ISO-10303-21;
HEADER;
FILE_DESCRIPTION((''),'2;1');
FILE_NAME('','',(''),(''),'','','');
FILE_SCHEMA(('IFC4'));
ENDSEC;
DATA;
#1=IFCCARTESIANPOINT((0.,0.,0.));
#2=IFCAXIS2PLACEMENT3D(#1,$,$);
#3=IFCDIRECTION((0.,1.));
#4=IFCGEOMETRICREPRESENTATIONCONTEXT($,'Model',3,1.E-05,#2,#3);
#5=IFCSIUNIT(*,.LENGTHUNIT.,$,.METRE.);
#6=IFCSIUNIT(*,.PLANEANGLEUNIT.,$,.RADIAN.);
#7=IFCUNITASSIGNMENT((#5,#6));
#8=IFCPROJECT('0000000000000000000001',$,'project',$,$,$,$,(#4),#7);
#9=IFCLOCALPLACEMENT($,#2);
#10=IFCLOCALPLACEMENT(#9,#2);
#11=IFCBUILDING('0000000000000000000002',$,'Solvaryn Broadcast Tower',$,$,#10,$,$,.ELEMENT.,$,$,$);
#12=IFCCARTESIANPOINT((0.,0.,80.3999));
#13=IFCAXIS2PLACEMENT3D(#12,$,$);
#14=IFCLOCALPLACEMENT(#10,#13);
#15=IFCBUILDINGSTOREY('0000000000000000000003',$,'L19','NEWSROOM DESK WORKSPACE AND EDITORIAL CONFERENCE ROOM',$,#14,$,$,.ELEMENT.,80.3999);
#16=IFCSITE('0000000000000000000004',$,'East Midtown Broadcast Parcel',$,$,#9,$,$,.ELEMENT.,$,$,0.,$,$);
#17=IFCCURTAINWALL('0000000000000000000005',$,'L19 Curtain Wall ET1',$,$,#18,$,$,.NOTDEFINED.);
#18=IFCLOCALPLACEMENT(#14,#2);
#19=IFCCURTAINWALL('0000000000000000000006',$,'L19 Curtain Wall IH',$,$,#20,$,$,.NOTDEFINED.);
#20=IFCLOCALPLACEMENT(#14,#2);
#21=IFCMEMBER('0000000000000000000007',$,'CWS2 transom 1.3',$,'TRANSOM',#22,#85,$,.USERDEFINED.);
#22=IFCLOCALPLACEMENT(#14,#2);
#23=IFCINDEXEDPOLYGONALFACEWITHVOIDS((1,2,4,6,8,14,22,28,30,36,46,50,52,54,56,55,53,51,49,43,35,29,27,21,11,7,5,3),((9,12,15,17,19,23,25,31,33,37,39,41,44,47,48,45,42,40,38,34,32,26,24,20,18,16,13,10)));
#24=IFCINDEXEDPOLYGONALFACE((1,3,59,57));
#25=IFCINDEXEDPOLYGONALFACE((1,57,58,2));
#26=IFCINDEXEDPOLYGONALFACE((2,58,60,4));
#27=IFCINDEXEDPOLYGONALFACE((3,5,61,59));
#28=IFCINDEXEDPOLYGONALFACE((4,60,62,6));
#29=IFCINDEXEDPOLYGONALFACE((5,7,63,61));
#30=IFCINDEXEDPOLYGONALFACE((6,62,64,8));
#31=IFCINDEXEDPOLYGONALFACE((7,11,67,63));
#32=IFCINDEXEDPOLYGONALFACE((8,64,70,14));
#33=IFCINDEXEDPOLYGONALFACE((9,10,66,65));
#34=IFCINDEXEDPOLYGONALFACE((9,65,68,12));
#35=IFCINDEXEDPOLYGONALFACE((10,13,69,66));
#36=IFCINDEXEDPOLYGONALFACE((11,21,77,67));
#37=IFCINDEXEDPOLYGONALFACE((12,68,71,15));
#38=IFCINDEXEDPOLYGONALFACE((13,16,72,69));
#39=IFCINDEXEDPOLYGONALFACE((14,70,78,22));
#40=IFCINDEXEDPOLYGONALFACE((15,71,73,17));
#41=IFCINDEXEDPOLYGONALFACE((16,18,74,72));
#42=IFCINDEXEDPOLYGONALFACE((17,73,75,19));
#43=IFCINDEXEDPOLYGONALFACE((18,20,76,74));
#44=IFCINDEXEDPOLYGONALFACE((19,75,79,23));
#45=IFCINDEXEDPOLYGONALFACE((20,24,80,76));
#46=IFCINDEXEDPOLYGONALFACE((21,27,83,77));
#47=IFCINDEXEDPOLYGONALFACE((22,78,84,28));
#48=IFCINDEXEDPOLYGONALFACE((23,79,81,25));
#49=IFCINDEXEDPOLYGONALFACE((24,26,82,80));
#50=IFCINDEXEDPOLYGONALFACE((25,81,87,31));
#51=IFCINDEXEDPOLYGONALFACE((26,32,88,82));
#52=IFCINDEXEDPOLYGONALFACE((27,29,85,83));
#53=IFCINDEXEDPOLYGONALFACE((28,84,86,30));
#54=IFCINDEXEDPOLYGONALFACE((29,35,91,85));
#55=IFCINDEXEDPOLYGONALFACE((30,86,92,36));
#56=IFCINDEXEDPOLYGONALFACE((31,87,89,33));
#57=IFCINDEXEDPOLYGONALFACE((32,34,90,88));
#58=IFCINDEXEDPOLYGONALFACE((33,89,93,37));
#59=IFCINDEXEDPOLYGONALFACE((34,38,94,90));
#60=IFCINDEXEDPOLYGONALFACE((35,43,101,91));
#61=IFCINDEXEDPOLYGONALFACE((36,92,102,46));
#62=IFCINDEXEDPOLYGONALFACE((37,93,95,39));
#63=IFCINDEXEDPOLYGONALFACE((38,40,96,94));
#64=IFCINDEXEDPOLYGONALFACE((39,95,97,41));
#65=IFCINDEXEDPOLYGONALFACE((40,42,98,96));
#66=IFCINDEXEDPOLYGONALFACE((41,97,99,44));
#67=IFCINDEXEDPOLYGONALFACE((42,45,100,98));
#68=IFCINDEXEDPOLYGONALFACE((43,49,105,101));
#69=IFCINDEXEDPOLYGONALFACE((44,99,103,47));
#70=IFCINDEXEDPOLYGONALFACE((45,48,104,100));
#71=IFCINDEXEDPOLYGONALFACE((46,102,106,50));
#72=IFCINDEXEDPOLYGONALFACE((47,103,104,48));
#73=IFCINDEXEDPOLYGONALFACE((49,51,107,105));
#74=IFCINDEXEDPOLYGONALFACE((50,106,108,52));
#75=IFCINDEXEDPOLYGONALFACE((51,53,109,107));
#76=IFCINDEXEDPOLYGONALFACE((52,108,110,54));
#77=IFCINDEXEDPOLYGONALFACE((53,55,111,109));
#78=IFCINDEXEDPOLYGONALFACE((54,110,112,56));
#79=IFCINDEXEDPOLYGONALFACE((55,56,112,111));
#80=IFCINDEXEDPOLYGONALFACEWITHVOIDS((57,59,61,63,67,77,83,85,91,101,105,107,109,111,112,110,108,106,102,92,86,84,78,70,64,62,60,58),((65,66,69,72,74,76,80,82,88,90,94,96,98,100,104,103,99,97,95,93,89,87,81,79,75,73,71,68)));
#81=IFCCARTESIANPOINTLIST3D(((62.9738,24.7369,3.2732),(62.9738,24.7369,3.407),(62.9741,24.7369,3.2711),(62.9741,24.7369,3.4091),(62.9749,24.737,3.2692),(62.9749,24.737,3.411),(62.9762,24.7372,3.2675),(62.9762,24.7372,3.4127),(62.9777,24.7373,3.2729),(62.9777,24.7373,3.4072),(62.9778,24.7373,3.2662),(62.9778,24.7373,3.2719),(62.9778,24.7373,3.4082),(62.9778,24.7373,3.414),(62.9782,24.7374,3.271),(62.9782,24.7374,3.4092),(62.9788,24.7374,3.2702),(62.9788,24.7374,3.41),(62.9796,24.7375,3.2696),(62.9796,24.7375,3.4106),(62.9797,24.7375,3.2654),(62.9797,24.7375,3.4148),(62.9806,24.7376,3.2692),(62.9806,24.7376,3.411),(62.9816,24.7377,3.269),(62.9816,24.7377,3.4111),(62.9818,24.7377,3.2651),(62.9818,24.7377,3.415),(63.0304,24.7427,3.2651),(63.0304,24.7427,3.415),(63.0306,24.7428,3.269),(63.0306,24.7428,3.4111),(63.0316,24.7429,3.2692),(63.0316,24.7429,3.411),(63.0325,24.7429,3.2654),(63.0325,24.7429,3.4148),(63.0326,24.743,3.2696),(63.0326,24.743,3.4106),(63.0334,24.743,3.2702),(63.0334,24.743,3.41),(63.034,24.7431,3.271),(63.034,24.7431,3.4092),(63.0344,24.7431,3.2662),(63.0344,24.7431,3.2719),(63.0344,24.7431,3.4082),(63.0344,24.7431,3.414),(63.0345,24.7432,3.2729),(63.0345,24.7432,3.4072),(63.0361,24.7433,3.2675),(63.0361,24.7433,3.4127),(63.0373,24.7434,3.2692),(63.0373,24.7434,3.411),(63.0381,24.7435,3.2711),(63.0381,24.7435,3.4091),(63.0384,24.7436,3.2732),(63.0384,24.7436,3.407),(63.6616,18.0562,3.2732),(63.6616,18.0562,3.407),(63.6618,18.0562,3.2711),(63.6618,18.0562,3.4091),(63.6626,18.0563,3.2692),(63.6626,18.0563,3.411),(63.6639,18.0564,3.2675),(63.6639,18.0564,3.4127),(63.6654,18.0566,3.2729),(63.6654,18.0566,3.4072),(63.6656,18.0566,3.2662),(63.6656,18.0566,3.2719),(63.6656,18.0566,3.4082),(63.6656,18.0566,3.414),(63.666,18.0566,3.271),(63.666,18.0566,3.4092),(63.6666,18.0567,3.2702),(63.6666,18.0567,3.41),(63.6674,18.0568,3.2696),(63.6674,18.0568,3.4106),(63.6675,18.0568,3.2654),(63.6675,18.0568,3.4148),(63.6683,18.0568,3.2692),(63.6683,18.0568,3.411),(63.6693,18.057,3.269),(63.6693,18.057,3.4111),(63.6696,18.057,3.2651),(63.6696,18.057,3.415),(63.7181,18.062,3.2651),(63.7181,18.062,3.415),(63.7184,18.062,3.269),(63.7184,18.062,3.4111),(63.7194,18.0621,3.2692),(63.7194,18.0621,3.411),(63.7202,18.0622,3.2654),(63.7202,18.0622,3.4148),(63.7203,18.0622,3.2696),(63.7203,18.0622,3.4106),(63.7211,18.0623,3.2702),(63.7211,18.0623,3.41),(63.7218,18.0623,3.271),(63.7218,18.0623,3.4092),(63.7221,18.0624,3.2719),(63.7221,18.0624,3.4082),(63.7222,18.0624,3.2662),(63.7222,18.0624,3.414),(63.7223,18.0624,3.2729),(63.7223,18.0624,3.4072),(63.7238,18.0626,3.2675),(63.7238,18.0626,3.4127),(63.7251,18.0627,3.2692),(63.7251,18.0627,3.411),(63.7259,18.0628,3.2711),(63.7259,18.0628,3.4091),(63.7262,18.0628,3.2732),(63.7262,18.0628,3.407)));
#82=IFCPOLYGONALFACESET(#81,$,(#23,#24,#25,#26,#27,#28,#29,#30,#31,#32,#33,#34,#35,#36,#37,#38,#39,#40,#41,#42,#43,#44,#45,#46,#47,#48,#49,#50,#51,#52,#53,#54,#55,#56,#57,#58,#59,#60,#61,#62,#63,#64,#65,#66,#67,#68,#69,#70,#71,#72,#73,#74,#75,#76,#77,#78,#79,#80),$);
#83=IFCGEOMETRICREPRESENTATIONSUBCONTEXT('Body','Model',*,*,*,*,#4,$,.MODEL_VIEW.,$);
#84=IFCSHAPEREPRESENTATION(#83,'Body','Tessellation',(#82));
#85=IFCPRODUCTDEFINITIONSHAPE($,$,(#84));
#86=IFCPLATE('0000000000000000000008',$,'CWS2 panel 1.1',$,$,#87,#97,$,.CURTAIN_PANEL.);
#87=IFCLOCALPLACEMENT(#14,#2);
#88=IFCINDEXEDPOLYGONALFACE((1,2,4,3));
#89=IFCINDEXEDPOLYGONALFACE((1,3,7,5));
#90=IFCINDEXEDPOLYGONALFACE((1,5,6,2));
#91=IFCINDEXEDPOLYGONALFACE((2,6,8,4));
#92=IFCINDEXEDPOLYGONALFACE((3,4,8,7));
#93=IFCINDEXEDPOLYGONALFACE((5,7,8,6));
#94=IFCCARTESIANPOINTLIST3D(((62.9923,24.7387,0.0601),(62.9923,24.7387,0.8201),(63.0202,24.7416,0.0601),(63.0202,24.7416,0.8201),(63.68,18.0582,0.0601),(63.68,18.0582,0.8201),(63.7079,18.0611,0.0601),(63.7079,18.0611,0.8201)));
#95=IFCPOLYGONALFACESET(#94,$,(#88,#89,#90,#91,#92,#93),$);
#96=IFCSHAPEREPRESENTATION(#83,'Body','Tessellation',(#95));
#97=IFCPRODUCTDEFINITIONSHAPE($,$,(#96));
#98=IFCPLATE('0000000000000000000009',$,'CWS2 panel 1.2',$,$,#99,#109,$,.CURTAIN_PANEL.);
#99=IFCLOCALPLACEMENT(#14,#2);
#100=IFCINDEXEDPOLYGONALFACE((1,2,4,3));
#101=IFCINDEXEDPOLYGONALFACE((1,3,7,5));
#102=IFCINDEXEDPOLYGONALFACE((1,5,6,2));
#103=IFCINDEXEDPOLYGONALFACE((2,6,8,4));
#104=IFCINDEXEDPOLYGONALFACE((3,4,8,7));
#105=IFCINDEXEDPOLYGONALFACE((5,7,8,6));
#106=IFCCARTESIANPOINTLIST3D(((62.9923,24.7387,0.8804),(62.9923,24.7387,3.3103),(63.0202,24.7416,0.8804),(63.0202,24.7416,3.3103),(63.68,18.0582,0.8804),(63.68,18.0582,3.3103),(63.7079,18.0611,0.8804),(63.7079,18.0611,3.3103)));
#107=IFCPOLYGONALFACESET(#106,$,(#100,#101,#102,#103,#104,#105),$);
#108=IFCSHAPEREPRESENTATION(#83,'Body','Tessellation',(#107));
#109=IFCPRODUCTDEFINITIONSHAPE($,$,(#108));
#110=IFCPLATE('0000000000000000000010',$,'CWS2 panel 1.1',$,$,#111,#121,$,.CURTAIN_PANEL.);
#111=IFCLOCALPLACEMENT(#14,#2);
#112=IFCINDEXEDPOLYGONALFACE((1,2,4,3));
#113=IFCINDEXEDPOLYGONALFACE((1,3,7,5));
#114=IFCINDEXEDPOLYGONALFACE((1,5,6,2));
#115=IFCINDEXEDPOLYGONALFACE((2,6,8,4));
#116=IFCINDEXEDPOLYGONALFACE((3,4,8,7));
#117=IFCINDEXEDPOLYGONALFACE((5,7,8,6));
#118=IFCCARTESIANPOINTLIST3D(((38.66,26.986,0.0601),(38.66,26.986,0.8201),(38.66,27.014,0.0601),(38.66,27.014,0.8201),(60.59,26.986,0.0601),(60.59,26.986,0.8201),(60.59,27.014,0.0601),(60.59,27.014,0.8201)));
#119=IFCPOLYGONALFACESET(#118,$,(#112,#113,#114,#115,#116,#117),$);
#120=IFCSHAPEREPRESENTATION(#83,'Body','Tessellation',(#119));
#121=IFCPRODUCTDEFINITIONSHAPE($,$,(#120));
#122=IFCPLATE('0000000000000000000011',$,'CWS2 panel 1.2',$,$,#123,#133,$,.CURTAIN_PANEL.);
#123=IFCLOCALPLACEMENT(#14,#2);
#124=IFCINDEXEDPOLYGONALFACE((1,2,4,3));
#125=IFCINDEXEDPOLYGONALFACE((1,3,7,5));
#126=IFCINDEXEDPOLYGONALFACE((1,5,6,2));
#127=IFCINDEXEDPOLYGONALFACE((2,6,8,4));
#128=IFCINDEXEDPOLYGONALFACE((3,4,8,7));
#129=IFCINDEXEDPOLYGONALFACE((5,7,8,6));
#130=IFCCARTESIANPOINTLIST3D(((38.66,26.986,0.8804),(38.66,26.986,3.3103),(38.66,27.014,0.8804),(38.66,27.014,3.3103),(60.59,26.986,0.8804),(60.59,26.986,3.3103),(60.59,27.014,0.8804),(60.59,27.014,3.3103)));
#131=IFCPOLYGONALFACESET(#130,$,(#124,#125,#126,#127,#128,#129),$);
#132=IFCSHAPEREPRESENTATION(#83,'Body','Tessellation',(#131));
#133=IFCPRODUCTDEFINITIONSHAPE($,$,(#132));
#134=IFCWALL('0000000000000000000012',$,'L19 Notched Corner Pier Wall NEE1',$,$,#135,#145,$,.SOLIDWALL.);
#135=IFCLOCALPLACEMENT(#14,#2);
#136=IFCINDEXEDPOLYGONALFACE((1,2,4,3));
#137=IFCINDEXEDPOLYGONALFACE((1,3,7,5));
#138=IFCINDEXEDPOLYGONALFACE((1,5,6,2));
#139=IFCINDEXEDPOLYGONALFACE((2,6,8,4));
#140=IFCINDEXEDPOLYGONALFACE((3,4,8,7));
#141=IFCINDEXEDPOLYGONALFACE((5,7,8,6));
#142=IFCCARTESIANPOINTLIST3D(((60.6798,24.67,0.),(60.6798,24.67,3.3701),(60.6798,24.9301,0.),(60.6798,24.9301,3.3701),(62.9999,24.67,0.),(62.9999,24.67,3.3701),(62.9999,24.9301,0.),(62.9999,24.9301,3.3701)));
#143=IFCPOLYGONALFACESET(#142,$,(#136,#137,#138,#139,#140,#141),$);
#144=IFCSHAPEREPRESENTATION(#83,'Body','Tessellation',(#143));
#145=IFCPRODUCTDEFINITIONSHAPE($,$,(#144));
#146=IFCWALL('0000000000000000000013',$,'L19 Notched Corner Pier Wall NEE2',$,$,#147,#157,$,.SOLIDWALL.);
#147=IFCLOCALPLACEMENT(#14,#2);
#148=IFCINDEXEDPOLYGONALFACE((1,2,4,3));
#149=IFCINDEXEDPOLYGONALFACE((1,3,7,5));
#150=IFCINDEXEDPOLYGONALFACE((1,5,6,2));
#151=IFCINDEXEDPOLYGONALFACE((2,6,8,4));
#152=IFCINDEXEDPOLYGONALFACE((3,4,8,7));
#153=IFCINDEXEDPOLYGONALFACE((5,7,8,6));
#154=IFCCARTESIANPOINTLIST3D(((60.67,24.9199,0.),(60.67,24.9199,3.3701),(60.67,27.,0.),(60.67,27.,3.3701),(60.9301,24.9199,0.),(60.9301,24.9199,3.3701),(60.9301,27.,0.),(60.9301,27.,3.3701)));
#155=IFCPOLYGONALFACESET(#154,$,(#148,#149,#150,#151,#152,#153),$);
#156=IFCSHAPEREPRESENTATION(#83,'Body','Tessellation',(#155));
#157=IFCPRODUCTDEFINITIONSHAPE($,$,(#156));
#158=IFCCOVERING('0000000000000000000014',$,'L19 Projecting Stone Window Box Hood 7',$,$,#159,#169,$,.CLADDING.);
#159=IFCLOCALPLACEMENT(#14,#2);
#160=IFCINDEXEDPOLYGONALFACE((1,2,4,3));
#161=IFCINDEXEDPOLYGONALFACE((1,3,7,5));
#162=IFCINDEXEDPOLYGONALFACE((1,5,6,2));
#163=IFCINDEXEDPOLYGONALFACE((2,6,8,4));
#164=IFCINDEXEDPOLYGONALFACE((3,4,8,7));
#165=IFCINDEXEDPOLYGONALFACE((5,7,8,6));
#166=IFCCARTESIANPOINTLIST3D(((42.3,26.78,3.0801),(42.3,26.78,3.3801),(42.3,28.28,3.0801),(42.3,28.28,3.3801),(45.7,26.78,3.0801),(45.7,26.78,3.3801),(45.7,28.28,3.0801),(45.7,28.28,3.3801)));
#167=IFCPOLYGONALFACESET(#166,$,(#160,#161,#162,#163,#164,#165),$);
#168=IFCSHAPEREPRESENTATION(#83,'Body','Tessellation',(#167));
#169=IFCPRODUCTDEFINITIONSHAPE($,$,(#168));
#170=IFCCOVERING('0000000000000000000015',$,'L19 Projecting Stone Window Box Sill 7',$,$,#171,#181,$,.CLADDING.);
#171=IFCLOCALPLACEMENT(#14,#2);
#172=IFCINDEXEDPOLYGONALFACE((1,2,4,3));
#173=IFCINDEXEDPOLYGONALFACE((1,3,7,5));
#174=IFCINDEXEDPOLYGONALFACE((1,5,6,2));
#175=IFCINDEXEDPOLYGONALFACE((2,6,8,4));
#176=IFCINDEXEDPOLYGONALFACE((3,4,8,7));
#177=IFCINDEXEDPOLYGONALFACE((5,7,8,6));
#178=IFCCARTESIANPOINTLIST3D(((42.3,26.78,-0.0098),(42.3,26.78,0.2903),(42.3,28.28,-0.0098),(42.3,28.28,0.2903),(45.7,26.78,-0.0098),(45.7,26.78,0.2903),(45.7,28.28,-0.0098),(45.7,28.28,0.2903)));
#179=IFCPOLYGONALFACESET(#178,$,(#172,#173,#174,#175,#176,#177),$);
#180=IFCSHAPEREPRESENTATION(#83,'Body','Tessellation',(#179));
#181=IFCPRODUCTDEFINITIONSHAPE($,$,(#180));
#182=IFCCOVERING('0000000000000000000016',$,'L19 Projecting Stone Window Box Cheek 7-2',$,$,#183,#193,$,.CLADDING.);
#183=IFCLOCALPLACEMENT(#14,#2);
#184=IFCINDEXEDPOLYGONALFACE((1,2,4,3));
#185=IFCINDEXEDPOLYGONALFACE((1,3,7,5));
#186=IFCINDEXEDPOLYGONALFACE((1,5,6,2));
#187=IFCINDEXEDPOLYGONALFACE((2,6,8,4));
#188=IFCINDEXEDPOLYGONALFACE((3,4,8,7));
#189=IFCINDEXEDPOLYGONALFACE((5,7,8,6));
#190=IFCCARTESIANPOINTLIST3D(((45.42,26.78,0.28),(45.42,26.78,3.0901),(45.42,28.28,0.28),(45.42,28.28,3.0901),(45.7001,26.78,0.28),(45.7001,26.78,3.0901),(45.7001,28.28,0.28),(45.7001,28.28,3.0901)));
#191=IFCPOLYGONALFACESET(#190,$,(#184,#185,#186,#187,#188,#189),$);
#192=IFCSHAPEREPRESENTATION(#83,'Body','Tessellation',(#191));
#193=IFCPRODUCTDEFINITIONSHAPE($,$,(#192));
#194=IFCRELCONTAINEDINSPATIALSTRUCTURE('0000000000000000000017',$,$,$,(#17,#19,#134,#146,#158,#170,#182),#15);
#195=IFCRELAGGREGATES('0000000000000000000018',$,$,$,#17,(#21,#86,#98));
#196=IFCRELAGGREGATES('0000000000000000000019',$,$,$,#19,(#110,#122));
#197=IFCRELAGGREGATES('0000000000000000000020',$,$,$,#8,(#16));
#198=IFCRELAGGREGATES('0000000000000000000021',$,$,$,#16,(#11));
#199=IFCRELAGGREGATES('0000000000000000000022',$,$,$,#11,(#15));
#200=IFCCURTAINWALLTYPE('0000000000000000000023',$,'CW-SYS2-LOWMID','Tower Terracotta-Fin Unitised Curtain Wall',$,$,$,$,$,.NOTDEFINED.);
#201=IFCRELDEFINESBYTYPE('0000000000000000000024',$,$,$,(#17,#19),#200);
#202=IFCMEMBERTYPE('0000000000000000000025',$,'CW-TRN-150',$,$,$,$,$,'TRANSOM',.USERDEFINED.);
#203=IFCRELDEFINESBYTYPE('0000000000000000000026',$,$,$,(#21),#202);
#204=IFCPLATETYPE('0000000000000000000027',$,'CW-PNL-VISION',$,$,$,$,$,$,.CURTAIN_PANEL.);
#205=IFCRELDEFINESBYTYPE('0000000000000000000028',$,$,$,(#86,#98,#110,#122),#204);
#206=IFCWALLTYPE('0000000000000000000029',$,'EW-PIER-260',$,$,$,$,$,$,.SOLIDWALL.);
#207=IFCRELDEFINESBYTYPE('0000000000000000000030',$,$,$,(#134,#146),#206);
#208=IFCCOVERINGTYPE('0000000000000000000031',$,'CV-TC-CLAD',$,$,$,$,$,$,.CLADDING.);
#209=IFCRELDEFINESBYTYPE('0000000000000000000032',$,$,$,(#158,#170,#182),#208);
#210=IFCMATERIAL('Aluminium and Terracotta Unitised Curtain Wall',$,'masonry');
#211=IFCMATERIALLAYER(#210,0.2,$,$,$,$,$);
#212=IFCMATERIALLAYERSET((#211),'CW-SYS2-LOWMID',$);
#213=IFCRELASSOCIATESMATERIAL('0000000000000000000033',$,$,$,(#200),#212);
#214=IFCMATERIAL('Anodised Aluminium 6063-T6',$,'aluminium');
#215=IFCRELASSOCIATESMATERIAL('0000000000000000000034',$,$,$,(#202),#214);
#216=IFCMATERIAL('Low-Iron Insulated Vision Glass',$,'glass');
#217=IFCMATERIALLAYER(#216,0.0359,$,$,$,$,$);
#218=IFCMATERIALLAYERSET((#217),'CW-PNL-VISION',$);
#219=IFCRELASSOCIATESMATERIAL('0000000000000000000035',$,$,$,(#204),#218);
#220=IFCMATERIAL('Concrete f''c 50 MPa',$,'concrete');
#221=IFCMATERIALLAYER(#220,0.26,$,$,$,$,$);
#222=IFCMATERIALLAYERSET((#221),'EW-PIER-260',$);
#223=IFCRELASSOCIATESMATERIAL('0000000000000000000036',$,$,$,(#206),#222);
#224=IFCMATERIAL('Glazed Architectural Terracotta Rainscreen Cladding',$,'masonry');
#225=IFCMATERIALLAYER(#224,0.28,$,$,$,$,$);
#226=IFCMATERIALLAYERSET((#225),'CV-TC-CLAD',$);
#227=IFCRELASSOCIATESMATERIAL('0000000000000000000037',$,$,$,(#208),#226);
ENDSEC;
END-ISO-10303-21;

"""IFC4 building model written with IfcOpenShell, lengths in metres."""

from ifc_helpers import new_model, si_unit, direction, frame, frame_2d, origin, origin_2d, place, context, subcontext, project, spatial, rectangle, hollow_rectangle, extrude, material, layer, layer_set, material_profile, profile_set, type_object, element, aggregate, save


model = new_model("IFC4")

# Units and contexts
model_context = context("Model", 3, precision=1e-05, world=origin(), true_north=direction((0.0, 1.0)))
body_context = subcontext(model_context, "Body", "Model", "MODEL_VIEW")
ifc_project = project(units=[si_unit("LENGTHUNIT", "METRE"), si_unit("PLANEANGLEUNIT", "RADIAN")], contexts=[model_context])

# Site, building, storey
site_placement = place(None, origin())
site = spatial("IfcSite", under=ifc_project, at=site_placement, Name="East Midtown Broadcast Parcel", CompositionType="ELEMENT", RefElevation=0.0)
building_placement = place(site_placement, origin())
building = spatial("IfcBuilding", under=site, at=building_placement, Name="Solvaryn Broadcast Tower", CompositionType="ELEMENT")
storey_placement = place(building_placement, frame((0.0, 0.0, 80.3999)))
storey = spatial("IfcBuildingStorey", under=building, at=storey_placement, Name="L19", Description="NEWSROOM DESK WORKSPACE AND EDITORIAL CONFERENCE ROOM", CompositionType="ELEMENT", Elevation=80.3999)

# Curtain walls
ifc_material_1 = material(Name="Aluminium and Terracotta Unitised Curtain Wall", Category="masonry")
ifc_layer_1 = layer(ifc_material_1, 0.2)
ifc_layer_set_1 = layer_set([ifc_layer_1], Name="CW-SYS2-LOWMID")
curtain_wall_type = type_object("IfcCurtainWallType", Name="CW-SYS2-LOWMID", Description="Tower Terracotta-Fin Unitised Curtain Wall", PredefinedType="NOTDEFINED", material=ifc_layer_set_1)
curtain_wall_1_placement = place(storey_placement, origin())
curtain_wall_1 = element("IfcCurtainWall", 1, at=curtain_wall_1_placement, inside=storey, type_object=curtain_wall_type, Name="L19 Curtain Wall ET1", PredefinedType="NOTDEFINED")
curtain_wall_2_placement = place(storey_placement, origin())
curtain_wall_2 = element("IfcCurtainWall", 2, at=curtain_wall_2_placement, inside=storey, type_object=curtain_wall_type, Name="L19 Curtain Wall IH", PredefinedType="NOTDEFINED")

# Member
ifc_material_2 = material(Name="Anodised Aluminium 6063-T6", Category="aluminium")
ifc_material_profile_1 = material_profile(ifc_material_2, hollow_rectangle(XDim=0.0649, YDim=0.1499, WallThickness=0.0039, InnerFilletRadius=0.0039, OuterFilletRadius=0.0081, at=origin_2d()))
ifc_profile_set_1 = profile_set([ifc_material_profile_1], Name="Anodised Aluminium 6063-T6")
member_type_1 = type_object("IfcMemberType", Name="CW-TRN-150", ElementType="TRANSOM", PredefinedType="USERDEFINED", material=ifc_profile_set_1)
member_1_placement = place(storey_placement, frame((63.0061, 24.7402, 3.3401), z_axis=(0.102404, -0.994743, 0.0), x_axis=(0.994743, 0.102404, 0.0)))
member_1 = element("IfcMember", 3, at=member_1_placement, type_object=member_type_1, Name="CWS2 transom 1.3", ObjectType="TRANSOM", PredefinedType="USERDEFINED", context=body_context, shape_type="SweptSolid", body=[
    extrude(hollow_rectangle(XDim=0.0649, YDim=0.1499, WallThickness=0.0039, InnerFilletRadius=0.0039, OuterFilletRadius=0.0081, at=origin_2d()), origin(), (0.0, 0.0, 1.0), 6.7161),
])

# Plates
ifc_material_3 = material(Name="Low-Iron Insulated Vision Glass", Category="glass")
ifc_layer_2 = layer(ifc_material_3, 0.0359)
ifc_layer_set_2 = layer_set([ifc_layer_2], Name="CW-PNL-VISION")
plate_type = type_object("IfcPlateType", Name="CW-PNL-VISION", PredefinedType="CURTAIN_PANEL", material=ifc_layer_set_2)
plate_1_placement = place(storey_placement, frame((63.3501, 21.3999, 0.0601), z_axis=(0.0, 0.0, 1.0), x_axis=(0.1024, -0.994743, 0.0)))
plate_1 = element("IfcPlate", 4, at=plate_1_placement, type_object=plate_type, Name="CWS2 panel 1.1", PredefinedType="CURTAIN_PANEL", context=body_context, shape_type="SweptSolid", body=[
    extrude(rectangle(XDim=6.7158, YDim=0.0281, at=origin_2d()), origin(), (0.0, 0.0, 1.0), 0.76),
])
plate_2_placement = place(storey_placement, frame((63.3501, 21.3999, 0.8804), z_axis=(0.0, 0.0, 1.0), x_axis=(0.1024, -0.994743, 0.0)))
plate_2 = element("IfcPlate", 5, at=plate_2_placement, type_object=plate_type, Name="CWS2 panel 1.2", PredefinedType="CURTAIN_PANEL", context=body_context, shape_type="SweptSolid", body=[
    extrude(rectangle(XDim=6.7158, YDim=0.0281, at=origin_2d()), origin(), (0.0, 0.0, 1.0), 2.4299),
])
aggregate(curtain_wall_1, [member_1, plate_1, plate_2])
plate_3_placement = place(storey_placement, frame((49.625, 27.0, 0.0601), z_axis=(0.0, 0.0, 1.0), x_axis=(1.0, 0.0, 0.0)))
plate_3 = element("IfcPlate", 6, at=plate_3_placement, type_object=plate_type, Name="CWS2 panel 1.1", PredefinedType="CURTAIN_PANEL", context=body_context, shape_type="SweptSolid", body=[
    extrude(rectangle(XDim=21.9299, YDim=0.0281, at=origin_2d()), origin(), (0.0, 0.0, 1.0), 0.76),
])
plate_4_placement = place(storey_placement, frame((49.625, 27.0, 0.8804), z_axis=(0.0, 0.0, 1.0), x_axis=(1.0, 0.0, 0.0)))
plate_4 = element("IfcPlate", 7, at=plate_4_placement, type_object=plate_type, Name="CWS2 panel 1.2", PredefinedType="CURTAIN_PANEL", context=body_context, shape_type="SweptSolid", body=[
    extrude(rectangle(XDim=21.9299, YDim=0.0281, at=origin_2d()), origin(), (0.0, 0.0, 1.0), 2.4299),
])
aggregate(curtain_wall_2, [plate_3, plate_4])

# Walls
ifc_material_4 = material(Name="Concrete f'c 50 MPa", Category="concrete")
ifc_layer_3 = layer(ifc_material_4, 0.26)
ifc_layer_set_3 = layer_set([ifc_layer_3], Name="EW-PIER-260")
wall_type_1 = type_object("IfcWallType", Name="EW-PIER-260", PredefinedType="SOLIDWALL", material=ifc_layer_set_3)
wall_1_placement = place(storey_placement, frame((63.0, 24.8, 0.0), z_axis=(0.0, 0.0, 1.0), x_axis=(-1.0, 0.0, 0.0)))
element("IfcWall", 8, at=wall_1_placement, inside=storey, type_object=wall_type_1, Name="L19 Notched Corner Pier Wall NEE1", PredefinedType="SOLIDWALL", context=body_context, shape_type="SweptSolid", body=[
    extrude(rectangle(XDim=2.3201, YDim=0.26, at=frame_2d((1.1602, 0.0))), origin(), (0.0, 0.0, 1.0), 3.3701),
])
wall_2_placement = place(storey_placement, frame((60.8, 24.9199, 0.0), z_axis=(0.0, 0.0, 1.0), x_axis=(0.0, 1.0, 0.0)))
element("IfcWall", 9, at=wall_2_placement, inside=storey, type_object=wall_type_1, Name="L19 Notched Corner Pier Wall NEE2", PredefinedType="SOLIDWALL", context=body_context, shape_type="SweptSolid", body=[
    extrude(rectangle(XDim=2.0801, YDim=0.26, at=frame_2d((1.04, 0.0))), origin(), (0.0, 0.0, 1.0), 3.3701),
])

# Coverings
ifc_material_5 = material(Name="Glazed Architectural Terracotta Rainscreen Cladding", Category="masonry")
ifc_layer_4 = layer(ifc_material_5, 0.28)
ifc_layer_set_4 = layer_set([ifc_layer_4], Name="CV-TC-CLAD")
covering_type_1 = type_object("IfcCoveringType", Name="CV-TC-CLAD", PredefinedType="CLADDING", material=ifc_layer_set_4)
for number, where, z_axis, x_axis, name in (
    (10, (44.0, 27.53, 3.0801), (0.0, 0.0, 1.0), (1.0, 0.0, 0.0), "L19 Projecting Stone Window Box Hood 7"),
    (11, (44.0, 27.53, -0.0098), (0.0, 0.0, 1.0), (1.0, 0.0, 0.0), "L19 Projecting Stone Window Box Sill 7"),
):
    element("IfcCovering", number, at=place(storey_placement, frame(where, z_axis=z_axis, x_axis=x_axis)), inside=storey, type_object=covering_type_1, Name=name, PredefinedType="CLADDING", context=body_context, shape_type="SweptSolid", body=[
        extrude(rectangle(XDim=3.3999, YDim=1.5, at=origin_2d()), origin(), (0.0, 0.0, 1.0), 0.3),
    ])
covering_1_placement = place(storey_placement, frame((45.5601, 27.53, 0.28), z_axis=(0.0, 0.0, 1.0), x_axis=(1.0, 0.0, 0.0)))
element("IfcCovering", 12, at=covering_1_placement, inside=storey, type_object=covering_type_1, Name="L19 Projecting Stone Window Box Cheek 7-2", PredefinedType="CLADDING", context=body_context, shape_type="SweptSolid", body=[
    extrude(rectangle(XDim=0.28, YDim=1.5, at=origin_2d()), origin(), (0.0, 0.0, 1.0), 2.8101),
])

save(model, "model.ifc")
